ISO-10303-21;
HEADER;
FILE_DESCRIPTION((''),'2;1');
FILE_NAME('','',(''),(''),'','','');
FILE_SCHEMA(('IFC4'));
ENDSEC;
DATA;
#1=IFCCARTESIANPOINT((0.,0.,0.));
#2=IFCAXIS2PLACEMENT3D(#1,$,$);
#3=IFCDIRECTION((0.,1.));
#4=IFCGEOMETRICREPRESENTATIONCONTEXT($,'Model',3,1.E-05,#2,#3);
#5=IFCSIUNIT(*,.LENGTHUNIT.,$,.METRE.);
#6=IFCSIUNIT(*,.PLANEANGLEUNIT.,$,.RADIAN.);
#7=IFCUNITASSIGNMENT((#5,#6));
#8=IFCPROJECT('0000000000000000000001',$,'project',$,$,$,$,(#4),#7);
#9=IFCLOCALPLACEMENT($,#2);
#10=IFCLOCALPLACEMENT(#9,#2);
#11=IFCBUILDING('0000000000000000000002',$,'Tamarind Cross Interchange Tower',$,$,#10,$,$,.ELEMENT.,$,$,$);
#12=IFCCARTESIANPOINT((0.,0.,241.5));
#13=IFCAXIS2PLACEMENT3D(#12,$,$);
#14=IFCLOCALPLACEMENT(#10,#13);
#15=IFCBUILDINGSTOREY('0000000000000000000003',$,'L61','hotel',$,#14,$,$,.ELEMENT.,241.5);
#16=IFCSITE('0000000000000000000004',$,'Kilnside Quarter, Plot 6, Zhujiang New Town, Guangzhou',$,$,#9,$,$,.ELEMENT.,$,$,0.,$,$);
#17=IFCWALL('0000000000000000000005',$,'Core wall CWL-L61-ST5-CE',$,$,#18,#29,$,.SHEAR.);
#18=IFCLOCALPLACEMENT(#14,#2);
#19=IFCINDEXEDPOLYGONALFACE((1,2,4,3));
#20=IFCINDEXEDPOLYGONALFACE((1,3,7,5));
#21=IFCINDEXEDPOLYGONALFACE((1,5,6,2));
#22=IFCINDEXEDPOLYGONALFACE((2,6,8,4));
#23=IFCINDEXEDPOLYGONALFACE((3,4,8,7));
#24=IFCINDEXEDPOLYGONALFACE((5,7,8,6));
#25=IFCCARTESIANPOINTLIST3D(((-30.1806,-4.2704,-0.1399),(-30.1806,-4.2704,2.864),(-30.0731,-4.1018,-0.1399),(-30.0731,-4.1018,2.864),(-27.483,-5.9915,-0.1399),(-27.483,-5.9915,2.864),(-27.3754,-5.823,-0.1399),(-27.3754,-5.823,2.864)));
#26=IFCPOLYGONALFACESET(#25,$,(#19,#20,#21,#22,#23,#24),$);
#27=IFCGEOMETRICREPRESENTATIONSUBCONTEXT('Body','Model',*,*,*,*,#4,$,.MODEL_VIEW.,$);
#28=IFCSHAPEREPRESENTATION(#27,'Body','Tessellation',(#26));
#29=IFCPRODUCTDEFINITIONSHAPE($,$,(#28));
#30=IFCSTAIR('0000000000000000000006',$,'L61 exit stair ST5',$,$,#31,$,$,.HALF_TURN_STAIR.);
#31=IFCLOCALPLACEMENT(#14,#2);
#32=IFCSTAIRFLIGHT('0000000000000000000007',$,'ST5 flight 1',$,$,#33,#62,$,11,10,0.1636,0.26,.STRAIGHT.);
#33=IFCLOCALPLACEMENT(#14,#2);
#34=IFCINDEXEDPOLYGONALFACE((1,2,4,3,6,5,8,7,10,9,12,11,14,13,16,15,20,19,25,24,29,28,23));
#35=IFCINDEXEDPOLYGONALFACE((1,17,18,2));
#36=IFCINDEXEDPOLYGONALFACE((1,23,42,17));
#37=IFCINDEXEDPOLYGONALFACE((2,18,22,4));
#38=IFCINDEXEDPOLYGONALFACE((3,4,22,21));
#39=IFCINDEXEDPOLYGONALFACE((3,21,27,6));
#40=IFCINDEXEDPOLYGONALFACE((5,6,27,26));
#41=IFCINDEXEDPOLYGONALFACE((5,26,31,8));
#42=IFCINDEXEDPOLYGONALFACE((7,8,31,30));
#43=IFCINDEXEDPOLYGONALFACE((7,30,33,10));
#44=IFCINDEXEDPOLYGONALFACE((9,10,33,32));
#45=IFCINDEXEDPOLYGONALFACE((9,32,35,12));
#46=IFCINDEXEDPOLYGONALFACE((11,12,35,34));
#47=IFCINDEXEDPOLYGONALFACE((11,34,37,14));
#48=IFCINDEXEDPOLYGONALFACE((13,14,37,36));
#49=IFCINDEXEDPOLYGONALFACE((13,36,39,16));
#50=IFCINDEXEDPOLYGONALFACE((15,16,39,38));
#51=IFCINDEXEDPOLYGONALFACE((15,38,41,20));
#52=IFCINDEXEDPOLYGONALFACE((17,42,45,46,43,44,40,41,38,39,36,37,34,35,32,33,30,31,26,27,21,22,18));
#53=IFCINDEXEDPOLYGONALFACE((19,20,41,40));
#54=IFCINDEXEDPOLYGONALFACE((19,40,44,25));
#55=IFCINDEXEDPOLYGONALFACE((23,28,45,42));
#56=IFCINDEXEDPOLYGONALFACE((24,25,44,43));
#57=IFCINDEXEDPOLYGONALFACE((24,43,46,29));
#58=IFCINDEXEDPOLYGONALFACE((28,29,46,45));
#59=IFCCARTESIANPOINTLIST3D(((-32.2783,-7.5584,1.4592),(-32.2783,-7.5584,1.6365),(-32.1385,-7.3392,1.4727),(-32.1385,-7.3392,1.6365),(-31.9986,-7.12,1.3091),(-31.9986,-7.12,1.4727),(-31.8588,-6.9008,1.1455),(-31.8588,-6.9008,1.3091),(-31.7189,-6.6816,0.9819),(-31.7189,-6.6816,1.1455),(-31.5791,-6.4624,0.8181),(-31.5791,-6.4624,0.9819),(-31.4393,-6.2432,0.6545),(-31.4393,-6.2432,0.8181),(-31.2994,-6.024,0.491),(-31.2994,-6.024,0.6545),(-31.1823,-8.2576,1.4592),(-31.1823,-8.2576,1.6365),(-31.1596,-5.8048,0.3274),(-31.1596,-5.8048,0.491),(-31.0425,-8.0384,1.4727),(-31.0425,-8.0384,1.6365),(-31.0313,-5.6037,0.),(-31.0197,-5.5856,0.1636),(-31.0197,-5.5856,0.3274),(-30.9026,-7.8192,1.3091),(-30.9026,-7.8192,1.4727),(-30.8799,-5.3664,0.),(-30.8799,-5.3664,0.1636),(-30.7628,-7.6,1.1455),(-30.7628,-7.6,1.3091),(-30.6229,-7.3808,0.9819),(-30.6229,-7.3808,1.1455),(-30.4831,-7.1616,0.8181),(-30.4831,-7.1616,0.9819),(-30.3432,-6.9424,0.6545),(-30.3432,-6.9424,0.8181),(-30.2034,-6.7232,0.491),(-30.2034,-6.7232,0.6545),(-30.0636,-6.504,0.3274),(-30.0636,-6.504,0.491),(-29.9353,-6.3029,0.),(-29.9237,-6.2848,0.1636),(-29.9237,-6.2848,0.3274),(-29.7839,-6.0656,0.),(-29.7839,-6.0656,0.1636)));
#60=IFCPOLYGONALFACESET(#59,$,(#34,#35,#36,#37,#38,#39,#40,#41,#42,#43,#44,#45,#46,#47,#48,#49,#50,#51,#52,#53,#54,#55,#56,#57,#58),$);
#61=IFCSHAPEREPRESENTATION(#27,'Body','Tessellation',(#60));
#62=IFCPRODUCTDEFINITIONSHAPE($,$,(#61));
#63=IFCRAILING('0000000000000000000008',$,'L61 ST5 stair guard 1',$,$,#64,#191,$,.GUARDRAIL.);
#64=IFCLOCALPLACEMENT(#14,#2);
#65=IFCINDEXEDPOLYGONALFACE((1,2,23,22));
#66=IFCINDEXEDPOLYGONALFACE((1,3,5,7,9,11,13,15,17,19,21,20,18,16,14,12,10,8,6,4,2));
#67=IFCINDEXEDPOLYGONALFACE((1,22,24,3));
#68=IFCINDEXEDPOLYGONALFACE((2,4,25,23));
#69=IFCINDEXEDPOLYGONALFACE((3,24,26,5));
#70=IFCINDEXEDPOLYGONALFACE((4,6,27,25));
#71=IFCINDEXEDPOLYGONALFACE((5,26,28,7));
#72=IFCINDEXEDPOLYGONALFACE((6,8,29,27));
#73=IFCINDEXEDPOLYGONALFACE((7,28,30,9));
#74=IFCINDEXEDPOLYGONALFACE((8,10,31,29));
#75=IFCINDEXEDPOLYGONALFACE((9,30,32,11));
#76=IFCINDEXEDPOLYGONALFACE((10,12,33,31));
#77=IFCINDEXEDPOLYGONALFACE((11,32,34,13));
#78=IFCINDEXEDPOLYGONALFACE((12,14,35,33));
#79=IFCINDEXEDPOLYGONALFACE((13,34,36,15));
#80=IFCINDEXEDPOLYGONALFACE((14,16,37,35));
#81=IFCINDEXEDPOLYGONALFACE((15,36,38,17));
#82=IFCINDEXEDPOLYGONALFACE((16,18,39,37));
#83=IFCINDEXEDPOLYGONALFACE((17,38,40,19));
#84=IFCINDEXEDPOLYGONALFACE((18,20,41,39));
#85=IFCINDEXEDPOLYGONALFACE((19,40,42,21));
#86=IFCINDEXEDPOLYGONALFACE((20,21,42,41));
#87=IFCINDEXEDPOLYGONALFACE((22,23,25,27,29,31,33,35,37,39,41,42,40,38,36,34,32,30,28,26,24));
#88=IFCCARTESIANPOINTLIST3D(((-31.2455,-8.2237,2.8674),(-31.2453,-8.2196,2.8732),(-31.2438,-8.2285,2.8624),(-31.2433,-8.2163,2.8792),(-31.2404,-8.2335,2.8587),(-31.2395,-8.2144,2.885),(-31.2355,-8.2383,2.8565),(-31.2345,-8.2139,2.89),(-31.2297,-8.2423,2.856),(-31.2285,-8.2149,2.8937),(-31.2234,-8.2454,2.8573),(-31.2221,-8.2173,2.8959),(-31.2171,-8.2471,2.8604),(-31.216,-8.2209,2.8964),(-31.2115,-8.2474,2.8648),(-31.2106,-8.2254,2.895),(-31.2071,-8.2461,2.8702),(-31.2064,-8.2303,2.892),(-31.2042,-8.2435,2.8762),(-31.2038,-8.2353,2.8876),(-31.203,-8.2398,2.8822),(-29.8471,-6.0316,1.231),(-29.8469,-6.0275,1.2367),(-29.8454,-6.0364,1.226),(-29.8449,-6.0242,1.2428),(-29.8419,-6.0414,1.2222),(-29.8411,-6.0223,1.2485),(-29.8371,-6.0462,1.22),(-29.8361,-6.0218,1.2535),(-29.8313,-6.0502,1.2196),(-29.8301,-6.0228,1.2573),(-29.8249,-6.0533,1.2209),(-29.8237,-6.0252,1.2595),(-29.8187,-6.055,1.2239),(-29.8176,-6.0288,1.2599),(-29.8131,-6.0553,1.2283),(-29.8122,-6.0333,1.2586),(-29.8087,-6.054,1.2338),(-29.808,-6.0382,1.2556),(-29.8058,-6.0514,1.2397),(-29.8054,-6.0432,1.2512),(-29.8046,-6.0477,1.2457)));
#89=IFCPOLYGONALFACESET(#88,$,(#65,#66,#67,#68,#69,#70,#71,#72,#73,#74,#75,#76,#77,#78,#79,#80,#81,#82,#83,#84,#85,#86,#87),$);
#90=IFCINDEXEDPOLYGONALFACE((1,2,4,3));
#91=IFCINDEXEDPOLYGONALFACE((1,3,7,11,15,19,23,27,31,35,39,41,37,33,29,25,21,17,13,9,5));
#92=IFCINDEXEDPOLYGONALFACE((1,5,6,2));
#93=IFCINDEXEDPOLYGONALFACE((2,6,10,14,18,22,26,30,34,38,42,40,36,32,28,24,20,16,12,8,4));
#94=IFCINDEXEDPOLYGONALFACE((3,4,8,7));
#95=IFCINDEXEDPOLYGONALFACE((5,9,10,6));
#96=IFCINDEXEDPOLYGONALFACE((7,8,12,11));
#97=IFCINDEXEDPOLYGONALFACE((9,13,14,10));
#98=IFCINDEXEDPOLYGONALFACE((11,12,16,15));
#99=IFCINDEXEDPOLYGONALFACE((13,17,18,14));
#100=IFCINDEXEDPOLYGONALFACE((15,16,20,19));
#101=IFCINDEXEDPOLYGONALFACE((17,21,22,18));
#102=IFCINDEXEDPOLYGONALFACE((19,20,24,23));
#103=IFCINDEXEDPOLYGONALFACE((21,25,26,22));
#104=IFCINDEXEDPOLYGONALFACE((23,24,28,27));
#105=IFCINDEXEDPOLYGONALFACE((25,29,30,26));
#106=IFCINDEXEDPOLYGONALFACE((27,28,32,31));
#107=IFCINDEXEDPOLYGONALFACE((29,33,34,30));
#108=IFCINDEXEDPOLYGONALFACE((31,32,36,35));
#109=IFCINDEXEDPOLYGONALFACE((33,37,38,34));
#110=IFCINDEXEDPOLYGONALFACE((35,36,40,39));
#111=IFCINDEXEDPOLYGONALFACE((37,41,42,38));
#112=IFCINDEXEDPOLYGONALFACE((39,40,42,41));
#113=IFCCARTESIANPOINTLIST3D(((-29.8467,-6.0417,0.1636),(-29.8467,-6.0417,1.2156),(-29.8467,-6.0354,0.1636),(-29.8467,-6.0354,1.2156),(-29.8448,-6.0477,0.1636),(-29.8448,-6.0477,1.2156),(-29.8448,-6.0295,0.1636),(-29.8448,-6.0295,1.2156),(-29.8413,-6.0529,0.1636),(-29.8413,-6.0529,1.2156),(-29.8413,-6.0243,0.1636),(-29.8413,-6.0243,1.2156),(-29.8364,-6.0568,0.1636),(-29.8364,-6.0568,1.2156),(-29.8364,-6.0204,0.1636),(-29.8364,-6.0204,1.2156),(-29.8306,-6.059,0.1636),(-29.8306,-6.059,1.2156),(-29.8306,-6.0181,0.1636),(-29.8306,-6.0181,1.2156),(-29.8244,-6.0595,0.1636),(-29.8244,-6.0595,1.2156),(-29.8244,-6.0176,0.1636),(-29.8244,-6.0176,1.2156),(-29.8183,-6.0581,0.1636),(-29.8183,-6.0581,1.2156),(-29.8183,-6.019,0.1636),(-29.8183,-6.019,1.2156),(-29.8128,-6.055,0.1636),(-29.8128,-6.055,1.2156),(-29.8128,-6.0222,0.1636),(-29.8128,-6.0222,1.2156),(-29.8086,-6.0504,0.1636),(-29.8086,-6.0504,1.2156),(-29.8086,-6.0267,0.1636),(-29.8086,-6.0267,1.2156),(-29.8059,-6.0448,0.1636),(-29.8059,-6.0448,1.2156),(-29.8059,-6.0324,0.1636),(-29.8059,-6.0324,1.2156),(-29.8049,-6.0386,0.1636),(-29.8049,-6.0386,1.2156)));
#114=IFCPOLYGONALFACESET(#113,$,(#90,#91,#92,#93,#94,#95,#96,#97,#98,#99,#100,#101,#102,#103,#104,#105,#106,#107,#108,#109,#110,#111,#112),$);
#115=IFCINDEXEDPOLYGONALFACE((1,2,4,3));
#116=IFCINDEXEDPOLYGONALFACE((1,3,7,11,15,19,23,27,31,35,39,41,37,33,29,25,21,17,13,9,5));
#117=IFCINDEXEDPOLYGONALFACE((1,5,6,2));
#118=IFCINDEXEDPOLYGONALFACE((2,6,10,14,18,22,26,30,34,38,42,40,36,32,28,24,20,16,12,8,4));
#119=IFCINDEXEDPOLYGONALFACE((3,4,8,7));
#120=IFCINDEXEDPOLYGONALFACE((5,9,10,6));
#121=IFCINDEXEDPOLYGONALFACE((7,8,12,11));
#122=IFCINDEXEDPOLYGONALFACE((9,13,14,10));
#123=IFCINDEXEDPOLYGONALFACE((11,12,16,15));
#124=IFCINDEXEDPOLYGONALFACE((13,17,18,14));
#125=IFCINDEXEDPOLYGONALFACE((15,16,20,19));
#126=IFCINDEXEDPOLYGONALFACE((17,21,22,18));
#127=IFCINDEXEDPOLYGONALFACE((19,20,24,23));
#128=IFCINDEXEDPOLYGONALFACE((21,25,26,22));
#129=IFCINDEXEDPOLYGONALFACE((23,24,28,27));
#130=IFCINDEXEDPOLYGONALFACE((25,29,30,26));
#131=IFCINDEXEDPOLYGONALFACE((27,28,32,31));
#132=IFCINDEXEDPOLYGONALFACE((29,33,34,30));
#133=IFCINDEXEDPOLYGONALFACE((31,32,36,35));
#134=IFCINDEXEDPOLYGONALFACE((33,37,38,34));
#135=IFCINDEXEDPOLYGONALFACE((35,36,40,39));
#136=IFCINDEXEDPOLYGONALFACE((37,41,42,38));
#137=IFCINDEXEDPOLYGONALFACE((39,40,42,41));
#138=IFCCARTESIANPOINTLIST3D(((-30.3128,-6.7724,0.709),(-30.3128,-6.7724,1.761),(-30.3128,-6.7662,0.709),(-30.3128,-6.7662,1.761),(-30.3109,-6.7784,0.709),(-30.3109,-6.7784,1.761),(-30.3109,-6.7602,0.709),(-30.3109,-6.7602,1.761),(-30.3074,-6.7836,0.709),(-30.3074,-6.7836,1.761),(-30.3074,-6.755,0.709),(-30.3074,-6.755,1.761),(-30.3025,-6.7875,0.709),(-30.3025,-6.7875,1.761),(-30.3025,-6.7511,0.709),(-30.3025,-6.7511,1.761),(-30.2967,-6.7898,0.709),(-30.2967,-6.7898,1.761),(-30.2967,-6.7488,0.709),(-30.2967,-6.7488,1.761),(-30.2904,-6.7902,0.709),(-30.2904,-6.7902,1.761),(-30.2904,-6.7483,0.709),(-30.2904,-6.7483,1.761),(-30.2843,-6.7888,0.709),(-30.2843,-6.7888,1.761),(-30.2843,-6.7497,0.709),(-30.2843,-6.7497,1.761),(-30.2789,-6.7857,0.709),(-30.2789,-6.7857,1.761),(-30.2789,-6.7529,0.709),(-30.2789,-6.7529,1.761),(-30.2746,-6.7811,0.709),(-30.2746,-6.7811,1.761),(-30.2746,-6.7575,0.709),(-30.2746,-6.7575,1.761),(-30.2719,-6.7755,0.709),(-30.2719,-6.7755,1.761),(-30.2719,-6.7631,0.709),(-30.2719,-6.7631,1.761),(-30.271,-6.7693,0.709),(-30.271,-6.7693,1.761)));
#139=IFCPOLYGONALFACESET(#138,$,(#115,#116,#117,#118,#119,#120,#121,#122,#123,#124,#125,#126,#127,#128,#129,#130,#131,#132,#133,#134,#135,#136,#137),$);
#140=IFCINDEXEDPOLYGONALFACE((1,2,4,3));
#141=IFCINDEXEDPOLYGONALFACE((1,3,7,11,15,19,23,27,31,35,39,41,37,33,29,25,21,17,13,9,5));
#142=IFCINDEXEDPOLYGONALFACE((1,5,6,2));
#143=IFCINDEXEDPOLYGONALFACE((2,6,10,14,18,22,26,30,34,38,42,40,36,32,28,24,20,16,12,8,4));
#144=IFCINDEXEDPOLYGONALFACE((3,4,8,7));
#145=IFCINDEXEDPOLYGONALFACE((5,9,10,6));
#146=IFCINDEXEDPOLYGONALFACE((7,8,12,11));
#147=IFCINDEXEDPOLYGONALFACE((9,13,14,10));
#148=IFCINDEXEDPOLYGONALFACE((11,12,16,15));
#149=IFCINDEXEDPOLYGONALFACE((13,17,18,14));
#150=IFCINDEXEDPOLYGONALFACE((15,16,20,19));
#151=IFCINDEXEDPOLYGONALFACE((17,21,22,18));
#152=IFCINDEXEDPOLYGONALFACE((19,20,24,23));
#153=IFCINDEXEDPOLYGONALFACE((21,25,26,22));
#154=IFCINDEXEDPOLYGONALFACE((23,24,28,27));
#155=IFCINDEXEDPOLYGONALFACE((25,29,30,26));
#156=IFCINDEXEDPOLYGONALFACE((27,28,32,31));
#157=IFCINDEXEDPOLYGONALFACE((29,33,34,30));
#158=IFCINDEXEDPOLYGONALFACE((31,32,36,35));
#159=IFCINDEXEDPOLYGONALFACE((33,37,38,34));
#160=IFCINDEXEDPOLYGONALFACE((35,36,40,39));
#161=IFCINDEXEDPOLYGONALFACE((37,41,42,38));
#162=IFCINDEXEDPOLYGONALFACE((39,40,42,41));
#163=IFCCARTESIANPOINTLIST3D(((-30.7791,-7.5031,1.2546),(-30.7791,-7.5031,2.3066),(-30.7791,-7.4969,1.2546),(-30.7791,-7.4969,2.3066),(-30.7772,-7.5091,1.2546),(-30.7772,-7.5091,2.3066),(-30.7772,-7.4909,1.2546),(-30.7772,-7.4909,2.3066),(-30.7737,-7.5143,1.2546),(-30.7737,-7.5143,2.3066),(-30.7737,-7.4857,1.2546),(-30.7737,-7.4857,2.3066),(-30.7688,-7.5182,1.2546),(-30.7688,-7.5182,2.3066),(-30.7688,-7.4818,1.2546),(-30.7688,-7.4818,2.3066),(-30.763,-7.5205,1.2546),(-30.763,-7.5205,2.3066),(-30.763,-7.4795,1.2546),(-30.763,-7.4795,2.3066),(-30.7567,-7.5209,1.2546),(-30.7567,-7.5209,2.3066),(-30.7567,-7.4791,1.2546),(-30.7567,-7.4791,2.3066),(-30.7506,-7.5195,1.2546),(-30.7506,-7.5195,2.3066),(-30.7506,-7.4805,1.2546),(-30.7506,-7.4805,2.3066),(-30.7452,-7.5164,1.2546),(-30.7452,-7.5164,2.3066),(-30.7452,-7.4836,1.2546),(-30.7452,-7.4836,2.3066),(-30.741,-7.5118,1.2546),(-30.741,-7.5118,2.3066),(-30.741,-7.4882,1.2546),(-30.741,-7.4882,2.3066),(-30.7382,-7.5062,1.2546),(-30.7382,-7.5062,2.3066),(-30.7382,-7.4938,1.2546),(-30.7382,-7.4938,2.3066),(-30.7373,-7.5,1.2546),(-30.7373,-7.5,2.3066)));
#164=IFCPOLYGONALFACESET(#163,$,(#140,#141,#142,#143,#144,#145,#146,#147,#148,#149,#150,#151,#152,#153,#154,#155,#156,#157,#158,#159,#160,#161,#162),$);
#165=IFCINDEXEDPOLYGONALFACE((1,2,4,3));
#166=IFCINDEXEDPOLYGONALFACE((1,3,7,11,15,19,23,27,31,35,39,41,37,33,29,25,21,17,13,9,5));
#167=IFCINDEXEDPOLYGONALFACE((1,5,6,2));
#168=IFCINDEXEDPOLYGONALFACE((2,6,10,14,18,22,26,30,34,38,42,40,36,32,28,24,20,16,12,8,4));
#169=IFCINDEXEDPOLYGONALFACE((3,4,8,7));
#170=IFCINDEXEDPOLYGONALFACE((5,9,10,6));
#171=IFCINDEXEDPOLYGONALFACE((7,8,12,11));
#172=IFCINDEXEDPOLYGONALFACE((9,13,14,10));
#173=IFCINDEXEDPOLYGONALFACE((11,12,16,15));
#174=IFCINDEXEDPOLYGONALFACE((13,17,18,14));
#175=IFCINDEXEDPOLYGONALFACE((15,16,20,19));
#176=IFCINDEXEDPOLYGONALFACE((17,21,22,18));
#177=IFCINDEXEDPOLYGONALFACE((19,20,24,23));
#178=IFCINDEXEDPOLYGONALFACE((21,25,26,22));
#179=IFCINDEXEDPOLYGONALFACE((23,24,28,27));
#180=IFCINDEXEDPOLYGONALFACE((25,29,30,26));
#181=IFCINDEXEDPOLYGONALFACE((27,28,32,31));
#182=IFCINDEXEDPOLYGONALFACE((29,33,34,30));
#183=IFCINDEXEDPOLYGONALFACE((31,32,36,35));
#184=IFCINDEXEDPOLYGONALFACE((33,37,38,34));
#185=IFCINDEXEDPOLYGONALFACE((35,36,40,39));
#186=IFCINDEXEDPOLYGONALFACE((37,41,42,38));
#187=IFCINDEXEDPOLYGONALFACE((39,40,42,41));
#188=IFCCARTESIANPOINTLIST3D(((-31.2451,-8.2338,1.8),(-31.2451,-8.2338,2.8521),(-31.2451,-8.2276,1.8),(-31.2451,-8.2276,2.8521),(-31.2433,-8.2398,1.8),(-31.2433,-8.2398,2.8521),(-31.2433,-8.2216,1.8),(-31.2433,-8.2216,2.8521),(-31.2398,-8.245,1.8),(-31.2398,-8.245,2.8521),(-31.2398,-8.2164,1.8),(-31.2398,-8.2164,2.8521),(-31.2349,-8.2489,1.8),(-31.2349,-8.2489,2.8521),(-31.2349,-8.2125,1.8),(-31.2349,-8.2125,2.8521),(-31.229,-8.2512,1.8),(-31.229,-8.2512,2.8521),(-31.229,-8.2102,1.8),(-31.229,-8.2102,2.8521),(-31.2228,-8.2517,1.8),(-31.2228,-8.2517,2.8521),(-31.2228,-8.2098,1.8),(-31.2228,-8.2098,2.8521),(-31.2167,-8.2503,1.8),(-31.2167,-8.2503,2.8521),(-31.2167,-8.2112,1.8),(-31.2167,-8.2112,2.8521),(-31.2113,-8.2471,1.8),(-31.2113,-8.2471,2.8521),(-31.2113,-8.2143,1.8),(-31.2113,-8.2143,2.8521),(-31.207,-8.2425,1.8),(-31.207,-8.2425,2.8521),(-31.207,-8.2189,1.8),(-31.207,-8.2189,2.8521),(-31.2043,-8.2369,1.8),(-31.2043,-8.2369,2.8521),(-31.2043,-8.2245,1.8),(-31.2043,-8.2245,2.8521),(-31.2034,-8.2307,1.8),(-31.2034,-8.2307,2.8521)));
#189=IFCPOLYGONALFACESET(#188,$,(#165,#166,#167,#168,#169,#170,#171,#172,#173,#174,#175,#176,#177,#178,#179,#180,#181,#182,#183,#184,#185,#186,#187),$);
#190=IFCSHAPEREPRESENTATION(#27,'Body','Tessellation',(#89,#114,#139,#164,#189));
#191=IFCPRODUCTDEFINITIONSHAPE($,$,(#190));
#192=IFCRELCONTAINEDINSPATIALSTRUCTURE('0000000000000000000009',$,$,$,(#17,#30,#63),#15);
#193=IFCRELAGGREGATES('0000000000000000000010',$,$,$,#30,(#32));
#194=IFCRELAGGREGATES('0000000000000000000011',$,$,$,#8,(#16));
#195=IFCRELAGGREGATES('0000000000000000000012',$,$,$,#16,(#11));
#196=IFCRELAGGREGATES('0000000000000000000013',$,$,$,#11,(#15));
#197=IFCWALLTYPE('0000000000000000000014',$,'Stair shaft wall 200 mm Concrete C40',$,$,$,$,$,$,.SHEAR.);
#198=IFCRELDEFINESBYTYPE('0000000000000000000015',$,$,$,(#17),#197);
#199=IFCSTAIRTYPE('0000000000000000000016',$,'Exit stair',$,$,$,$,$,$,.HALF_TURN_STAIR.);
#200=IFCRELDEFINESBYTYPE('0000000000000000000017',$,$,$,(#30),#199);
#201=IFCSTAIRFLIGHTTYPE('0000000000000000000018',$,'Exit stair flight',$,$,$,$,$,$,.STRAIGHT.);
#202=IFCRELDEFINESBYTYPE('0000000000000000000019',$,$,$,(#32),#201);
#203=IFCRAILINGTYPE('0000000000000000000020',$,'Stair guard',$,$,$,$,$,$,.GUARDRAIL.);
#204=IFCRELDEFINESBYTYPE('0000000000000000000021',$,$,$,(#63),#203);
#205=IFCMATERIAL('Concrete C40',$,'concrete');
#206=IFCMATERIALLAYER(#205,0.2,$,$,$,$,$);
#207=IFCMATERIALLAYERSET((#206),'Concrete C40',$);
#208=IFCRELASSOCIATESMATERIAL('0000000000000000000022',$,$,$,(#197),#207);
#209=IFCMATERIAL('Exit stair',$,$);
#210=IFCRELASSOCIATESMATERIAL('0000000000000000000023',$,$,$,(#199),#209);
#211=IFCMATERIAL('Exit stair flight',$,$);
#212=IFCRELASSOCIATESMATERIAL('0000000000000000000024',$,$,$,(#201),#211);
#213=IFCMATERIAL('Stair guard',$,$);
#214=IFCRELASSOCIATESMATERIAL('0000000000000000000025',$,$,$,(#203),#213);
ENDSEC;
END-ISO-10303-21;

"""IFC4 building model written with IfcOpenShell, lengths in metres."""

from ifc_helpers import new_model, si_unit, direction, frame, frame_2d, origin, origin_2d, place, context, subcontext, project, spatial, polyline, rectangle, circle, outline, extrude, material, layer, layer_set, type_object, element, aggregate, save


model = new_model("IFC4")

# Units and contexts
model_context = context("Model", 3, precision=1e-05, world=origin(), true_north=direction((0.0, 1.0)))
body_context = subcontext(model_context, "Body", "Model", "MODEL_VIEW")
ifc_project = project(units=[si_unit("LENGTHUNIT", "METRE"), si_unit("PLANEANGLEUNIT", "RADIAN")], contexts=[model_context])

# Site, building, storey
site_placement = place(None, origin())
site = spatial("IfcSite", under=ifc_project, at=site_placement, Name="Kilnside Quarter, Plot 6, Zhujiang New Town, Guangzhou", CompositionType="ELEMENT", RefElevation=0.0)
building_placement = place(site_placement, origin())
building = spatial("IfcBuilding", under=site, at=building_placement, Name="Tamarind Cross Interchange Tower", CompositionType="ELEMENT")
storey_placement = place(building_placement, frame((0.0, 0.0, 241.5)))
storey = spatial("IfcBuildingStorey", under=building, at=storey_placement, Name="L61", Description="hotel", CompositionType="ELEMENT", Elevation=241.5)

# Shared definitions
ifc_material_1 = material(Name="Concrete C40", Category="concrete")
ifc_layer_1 = layer(ifc_material_1, 0.2)
ifc_layer_set_1 = layer_set([ifc_layer_1], Name="Concrete C40")
wall_type_1 = type_object("IfcWallType", Name="Stair shaft wall 200 mm Concrete C40", PredefinedType="SHEAR", material=ifc_layer_set_1)

# Wall
wall_1_placement = place(storey_placement, frame((-30.127, -4.186, -0.1399), z_axis=(0.0, 0.0, 1.0), x_axis=(0.843033, -0.537862, 0.0)))
element("IfcWall", 1, at=wall_1_placement, inside=storey, type_object=wall_type_1, Name="Core wall CWL-L61-ST5-CE", PredefinedType="SHEAR", context=body_context, shape_type="SweptSolid", body=[
    extrude(rectangle(XDim=3.2, YDim=0.2, at=frame_2d((1.6001, 0.0))), origin(), (0.0, 0.0, 1.0), 3.0039),
])

# Stair, stair flight
ifc_material_2 = material(Name="Exit stair")
stair_type = type_object("IfcStairType", Name="Exit stair", PredefinedType="HALF_TURN_STAIR", material=ifc_material_2)
stair_placement = place(storey_placement, origin())
stair = element("IfcStair", 2, at=stair_placement, inside=storey, type_object=stair_type, Name="L61 exit stair ST5", PredefinedType="HALF_TURN_STAIR")
ifc_material_3 = material(Name="Exit stair flight")
stair_flight_type = type_object("IfcStairFlightType", Name="Exit stair flight", PredefinedType="STRAIGHT", material=ifc_material_3)
stair_flight_placement = place(storey_placement, frame((-30.3318, -5.7161, 0.0), z_axis=(0.0, 0.0, 1.0), x_axis=(-0.537829, -0.843054, 0.0)))
stair_flight = element("IfcStairFlight", 3, at=stair_flight_placement, type_object=stair_flight_type, Name="ST5 flight 1", NumberOfRisers=11, NumberOfTreads=10, PredefinedType="STRAIGHT", RiserHeight=0.1636, TreadLength=0.26, context=body_context, shape_type="SweptSolid", body=[
    extrude(outline(polyline([(0.0, 0.0), (0.0, 0.1636), (0.26, 0.1636), (0.26, 0.3274), (0.52, 0.3274), (0.52, 0.491), (0.78, 0.491), (0.78, 0.6545), (1.04, 0.6545), (1.04, 0.8181), (1.3, 0.8181), (1.3, 0.9819), (1.5601, 0.9819), (1.5601, 1.1455), (1.8201, 1.1455), (1.8201, 1.3091), (2.0801, 1.3091), (2.0801, 1.4727), (2.3401, 1.4727), (2.3401, 1.6365), (2.6001, 1.6365), (2.6001, 1.8), (2.6001, 1.4592), (0.2815, 0.0), (0.0, 0.0)])), frame((0.0, 0.6499, 0.0), z_axis=(0.0, -1.0, 0.0), x_axis=(1.0, 0.0, 0.0)), (0.0, 0.0, 1.0), 1.3),
])
aggregate(stair, [stair_flight])

# Railing
ifc_material_4 = material(Name="Stair guard")
railing_type_1 = type_object("IfcRailingType", Name="Stair guard", PredefinedType="GUARDRAIL", material=ifc_material_4)
railing_1_placement = place(storey_placement, frame((-29.8259, -6.0386, 0.1636)))
element("IfcRailing", 4, at=railing_1_placement, inside=storey, type_object=railing_type_1, Name="L61 ST5 stair guard 1", PredefinedType="GUARDRAIL", context=body_context, shape_type="SweptSolid", body=[
    extrude(circle(Radius=0.0239, at=origin_2d()), frame((0.0, 0.0, 1.0762), z_axis=(-0.455173, -0.713513, 0.532651), x_axis=(0.843062, -0.537817, 0.0)), (0.0, 0.0, 1.0), 3.0723),
    extrude(circle(Radius=0.021, at=origin_2d()), origin(), (0.0, 0.0, 1.0), 1.052),
    extrude(circle(Radius=0.021, at=origin_2d()), frame((-0.4661, -0.7307, 0.5454)), (0.0, 0.0, 1.0), 1.052),
    extrude(circle(Radius=0.021, at=origin_2d()), frame((-0.9324, -1.4614, 1.0911)), (0.0, 0.0, 1.0), 1.052),
    extrude(circle(Radius=0.021, at=origin_2d()), frame((-1.3984, -2.1921, 1.6365)), (0.0, 0.0, 1.0), 1.052),
])

save(model, "model.ifc")
